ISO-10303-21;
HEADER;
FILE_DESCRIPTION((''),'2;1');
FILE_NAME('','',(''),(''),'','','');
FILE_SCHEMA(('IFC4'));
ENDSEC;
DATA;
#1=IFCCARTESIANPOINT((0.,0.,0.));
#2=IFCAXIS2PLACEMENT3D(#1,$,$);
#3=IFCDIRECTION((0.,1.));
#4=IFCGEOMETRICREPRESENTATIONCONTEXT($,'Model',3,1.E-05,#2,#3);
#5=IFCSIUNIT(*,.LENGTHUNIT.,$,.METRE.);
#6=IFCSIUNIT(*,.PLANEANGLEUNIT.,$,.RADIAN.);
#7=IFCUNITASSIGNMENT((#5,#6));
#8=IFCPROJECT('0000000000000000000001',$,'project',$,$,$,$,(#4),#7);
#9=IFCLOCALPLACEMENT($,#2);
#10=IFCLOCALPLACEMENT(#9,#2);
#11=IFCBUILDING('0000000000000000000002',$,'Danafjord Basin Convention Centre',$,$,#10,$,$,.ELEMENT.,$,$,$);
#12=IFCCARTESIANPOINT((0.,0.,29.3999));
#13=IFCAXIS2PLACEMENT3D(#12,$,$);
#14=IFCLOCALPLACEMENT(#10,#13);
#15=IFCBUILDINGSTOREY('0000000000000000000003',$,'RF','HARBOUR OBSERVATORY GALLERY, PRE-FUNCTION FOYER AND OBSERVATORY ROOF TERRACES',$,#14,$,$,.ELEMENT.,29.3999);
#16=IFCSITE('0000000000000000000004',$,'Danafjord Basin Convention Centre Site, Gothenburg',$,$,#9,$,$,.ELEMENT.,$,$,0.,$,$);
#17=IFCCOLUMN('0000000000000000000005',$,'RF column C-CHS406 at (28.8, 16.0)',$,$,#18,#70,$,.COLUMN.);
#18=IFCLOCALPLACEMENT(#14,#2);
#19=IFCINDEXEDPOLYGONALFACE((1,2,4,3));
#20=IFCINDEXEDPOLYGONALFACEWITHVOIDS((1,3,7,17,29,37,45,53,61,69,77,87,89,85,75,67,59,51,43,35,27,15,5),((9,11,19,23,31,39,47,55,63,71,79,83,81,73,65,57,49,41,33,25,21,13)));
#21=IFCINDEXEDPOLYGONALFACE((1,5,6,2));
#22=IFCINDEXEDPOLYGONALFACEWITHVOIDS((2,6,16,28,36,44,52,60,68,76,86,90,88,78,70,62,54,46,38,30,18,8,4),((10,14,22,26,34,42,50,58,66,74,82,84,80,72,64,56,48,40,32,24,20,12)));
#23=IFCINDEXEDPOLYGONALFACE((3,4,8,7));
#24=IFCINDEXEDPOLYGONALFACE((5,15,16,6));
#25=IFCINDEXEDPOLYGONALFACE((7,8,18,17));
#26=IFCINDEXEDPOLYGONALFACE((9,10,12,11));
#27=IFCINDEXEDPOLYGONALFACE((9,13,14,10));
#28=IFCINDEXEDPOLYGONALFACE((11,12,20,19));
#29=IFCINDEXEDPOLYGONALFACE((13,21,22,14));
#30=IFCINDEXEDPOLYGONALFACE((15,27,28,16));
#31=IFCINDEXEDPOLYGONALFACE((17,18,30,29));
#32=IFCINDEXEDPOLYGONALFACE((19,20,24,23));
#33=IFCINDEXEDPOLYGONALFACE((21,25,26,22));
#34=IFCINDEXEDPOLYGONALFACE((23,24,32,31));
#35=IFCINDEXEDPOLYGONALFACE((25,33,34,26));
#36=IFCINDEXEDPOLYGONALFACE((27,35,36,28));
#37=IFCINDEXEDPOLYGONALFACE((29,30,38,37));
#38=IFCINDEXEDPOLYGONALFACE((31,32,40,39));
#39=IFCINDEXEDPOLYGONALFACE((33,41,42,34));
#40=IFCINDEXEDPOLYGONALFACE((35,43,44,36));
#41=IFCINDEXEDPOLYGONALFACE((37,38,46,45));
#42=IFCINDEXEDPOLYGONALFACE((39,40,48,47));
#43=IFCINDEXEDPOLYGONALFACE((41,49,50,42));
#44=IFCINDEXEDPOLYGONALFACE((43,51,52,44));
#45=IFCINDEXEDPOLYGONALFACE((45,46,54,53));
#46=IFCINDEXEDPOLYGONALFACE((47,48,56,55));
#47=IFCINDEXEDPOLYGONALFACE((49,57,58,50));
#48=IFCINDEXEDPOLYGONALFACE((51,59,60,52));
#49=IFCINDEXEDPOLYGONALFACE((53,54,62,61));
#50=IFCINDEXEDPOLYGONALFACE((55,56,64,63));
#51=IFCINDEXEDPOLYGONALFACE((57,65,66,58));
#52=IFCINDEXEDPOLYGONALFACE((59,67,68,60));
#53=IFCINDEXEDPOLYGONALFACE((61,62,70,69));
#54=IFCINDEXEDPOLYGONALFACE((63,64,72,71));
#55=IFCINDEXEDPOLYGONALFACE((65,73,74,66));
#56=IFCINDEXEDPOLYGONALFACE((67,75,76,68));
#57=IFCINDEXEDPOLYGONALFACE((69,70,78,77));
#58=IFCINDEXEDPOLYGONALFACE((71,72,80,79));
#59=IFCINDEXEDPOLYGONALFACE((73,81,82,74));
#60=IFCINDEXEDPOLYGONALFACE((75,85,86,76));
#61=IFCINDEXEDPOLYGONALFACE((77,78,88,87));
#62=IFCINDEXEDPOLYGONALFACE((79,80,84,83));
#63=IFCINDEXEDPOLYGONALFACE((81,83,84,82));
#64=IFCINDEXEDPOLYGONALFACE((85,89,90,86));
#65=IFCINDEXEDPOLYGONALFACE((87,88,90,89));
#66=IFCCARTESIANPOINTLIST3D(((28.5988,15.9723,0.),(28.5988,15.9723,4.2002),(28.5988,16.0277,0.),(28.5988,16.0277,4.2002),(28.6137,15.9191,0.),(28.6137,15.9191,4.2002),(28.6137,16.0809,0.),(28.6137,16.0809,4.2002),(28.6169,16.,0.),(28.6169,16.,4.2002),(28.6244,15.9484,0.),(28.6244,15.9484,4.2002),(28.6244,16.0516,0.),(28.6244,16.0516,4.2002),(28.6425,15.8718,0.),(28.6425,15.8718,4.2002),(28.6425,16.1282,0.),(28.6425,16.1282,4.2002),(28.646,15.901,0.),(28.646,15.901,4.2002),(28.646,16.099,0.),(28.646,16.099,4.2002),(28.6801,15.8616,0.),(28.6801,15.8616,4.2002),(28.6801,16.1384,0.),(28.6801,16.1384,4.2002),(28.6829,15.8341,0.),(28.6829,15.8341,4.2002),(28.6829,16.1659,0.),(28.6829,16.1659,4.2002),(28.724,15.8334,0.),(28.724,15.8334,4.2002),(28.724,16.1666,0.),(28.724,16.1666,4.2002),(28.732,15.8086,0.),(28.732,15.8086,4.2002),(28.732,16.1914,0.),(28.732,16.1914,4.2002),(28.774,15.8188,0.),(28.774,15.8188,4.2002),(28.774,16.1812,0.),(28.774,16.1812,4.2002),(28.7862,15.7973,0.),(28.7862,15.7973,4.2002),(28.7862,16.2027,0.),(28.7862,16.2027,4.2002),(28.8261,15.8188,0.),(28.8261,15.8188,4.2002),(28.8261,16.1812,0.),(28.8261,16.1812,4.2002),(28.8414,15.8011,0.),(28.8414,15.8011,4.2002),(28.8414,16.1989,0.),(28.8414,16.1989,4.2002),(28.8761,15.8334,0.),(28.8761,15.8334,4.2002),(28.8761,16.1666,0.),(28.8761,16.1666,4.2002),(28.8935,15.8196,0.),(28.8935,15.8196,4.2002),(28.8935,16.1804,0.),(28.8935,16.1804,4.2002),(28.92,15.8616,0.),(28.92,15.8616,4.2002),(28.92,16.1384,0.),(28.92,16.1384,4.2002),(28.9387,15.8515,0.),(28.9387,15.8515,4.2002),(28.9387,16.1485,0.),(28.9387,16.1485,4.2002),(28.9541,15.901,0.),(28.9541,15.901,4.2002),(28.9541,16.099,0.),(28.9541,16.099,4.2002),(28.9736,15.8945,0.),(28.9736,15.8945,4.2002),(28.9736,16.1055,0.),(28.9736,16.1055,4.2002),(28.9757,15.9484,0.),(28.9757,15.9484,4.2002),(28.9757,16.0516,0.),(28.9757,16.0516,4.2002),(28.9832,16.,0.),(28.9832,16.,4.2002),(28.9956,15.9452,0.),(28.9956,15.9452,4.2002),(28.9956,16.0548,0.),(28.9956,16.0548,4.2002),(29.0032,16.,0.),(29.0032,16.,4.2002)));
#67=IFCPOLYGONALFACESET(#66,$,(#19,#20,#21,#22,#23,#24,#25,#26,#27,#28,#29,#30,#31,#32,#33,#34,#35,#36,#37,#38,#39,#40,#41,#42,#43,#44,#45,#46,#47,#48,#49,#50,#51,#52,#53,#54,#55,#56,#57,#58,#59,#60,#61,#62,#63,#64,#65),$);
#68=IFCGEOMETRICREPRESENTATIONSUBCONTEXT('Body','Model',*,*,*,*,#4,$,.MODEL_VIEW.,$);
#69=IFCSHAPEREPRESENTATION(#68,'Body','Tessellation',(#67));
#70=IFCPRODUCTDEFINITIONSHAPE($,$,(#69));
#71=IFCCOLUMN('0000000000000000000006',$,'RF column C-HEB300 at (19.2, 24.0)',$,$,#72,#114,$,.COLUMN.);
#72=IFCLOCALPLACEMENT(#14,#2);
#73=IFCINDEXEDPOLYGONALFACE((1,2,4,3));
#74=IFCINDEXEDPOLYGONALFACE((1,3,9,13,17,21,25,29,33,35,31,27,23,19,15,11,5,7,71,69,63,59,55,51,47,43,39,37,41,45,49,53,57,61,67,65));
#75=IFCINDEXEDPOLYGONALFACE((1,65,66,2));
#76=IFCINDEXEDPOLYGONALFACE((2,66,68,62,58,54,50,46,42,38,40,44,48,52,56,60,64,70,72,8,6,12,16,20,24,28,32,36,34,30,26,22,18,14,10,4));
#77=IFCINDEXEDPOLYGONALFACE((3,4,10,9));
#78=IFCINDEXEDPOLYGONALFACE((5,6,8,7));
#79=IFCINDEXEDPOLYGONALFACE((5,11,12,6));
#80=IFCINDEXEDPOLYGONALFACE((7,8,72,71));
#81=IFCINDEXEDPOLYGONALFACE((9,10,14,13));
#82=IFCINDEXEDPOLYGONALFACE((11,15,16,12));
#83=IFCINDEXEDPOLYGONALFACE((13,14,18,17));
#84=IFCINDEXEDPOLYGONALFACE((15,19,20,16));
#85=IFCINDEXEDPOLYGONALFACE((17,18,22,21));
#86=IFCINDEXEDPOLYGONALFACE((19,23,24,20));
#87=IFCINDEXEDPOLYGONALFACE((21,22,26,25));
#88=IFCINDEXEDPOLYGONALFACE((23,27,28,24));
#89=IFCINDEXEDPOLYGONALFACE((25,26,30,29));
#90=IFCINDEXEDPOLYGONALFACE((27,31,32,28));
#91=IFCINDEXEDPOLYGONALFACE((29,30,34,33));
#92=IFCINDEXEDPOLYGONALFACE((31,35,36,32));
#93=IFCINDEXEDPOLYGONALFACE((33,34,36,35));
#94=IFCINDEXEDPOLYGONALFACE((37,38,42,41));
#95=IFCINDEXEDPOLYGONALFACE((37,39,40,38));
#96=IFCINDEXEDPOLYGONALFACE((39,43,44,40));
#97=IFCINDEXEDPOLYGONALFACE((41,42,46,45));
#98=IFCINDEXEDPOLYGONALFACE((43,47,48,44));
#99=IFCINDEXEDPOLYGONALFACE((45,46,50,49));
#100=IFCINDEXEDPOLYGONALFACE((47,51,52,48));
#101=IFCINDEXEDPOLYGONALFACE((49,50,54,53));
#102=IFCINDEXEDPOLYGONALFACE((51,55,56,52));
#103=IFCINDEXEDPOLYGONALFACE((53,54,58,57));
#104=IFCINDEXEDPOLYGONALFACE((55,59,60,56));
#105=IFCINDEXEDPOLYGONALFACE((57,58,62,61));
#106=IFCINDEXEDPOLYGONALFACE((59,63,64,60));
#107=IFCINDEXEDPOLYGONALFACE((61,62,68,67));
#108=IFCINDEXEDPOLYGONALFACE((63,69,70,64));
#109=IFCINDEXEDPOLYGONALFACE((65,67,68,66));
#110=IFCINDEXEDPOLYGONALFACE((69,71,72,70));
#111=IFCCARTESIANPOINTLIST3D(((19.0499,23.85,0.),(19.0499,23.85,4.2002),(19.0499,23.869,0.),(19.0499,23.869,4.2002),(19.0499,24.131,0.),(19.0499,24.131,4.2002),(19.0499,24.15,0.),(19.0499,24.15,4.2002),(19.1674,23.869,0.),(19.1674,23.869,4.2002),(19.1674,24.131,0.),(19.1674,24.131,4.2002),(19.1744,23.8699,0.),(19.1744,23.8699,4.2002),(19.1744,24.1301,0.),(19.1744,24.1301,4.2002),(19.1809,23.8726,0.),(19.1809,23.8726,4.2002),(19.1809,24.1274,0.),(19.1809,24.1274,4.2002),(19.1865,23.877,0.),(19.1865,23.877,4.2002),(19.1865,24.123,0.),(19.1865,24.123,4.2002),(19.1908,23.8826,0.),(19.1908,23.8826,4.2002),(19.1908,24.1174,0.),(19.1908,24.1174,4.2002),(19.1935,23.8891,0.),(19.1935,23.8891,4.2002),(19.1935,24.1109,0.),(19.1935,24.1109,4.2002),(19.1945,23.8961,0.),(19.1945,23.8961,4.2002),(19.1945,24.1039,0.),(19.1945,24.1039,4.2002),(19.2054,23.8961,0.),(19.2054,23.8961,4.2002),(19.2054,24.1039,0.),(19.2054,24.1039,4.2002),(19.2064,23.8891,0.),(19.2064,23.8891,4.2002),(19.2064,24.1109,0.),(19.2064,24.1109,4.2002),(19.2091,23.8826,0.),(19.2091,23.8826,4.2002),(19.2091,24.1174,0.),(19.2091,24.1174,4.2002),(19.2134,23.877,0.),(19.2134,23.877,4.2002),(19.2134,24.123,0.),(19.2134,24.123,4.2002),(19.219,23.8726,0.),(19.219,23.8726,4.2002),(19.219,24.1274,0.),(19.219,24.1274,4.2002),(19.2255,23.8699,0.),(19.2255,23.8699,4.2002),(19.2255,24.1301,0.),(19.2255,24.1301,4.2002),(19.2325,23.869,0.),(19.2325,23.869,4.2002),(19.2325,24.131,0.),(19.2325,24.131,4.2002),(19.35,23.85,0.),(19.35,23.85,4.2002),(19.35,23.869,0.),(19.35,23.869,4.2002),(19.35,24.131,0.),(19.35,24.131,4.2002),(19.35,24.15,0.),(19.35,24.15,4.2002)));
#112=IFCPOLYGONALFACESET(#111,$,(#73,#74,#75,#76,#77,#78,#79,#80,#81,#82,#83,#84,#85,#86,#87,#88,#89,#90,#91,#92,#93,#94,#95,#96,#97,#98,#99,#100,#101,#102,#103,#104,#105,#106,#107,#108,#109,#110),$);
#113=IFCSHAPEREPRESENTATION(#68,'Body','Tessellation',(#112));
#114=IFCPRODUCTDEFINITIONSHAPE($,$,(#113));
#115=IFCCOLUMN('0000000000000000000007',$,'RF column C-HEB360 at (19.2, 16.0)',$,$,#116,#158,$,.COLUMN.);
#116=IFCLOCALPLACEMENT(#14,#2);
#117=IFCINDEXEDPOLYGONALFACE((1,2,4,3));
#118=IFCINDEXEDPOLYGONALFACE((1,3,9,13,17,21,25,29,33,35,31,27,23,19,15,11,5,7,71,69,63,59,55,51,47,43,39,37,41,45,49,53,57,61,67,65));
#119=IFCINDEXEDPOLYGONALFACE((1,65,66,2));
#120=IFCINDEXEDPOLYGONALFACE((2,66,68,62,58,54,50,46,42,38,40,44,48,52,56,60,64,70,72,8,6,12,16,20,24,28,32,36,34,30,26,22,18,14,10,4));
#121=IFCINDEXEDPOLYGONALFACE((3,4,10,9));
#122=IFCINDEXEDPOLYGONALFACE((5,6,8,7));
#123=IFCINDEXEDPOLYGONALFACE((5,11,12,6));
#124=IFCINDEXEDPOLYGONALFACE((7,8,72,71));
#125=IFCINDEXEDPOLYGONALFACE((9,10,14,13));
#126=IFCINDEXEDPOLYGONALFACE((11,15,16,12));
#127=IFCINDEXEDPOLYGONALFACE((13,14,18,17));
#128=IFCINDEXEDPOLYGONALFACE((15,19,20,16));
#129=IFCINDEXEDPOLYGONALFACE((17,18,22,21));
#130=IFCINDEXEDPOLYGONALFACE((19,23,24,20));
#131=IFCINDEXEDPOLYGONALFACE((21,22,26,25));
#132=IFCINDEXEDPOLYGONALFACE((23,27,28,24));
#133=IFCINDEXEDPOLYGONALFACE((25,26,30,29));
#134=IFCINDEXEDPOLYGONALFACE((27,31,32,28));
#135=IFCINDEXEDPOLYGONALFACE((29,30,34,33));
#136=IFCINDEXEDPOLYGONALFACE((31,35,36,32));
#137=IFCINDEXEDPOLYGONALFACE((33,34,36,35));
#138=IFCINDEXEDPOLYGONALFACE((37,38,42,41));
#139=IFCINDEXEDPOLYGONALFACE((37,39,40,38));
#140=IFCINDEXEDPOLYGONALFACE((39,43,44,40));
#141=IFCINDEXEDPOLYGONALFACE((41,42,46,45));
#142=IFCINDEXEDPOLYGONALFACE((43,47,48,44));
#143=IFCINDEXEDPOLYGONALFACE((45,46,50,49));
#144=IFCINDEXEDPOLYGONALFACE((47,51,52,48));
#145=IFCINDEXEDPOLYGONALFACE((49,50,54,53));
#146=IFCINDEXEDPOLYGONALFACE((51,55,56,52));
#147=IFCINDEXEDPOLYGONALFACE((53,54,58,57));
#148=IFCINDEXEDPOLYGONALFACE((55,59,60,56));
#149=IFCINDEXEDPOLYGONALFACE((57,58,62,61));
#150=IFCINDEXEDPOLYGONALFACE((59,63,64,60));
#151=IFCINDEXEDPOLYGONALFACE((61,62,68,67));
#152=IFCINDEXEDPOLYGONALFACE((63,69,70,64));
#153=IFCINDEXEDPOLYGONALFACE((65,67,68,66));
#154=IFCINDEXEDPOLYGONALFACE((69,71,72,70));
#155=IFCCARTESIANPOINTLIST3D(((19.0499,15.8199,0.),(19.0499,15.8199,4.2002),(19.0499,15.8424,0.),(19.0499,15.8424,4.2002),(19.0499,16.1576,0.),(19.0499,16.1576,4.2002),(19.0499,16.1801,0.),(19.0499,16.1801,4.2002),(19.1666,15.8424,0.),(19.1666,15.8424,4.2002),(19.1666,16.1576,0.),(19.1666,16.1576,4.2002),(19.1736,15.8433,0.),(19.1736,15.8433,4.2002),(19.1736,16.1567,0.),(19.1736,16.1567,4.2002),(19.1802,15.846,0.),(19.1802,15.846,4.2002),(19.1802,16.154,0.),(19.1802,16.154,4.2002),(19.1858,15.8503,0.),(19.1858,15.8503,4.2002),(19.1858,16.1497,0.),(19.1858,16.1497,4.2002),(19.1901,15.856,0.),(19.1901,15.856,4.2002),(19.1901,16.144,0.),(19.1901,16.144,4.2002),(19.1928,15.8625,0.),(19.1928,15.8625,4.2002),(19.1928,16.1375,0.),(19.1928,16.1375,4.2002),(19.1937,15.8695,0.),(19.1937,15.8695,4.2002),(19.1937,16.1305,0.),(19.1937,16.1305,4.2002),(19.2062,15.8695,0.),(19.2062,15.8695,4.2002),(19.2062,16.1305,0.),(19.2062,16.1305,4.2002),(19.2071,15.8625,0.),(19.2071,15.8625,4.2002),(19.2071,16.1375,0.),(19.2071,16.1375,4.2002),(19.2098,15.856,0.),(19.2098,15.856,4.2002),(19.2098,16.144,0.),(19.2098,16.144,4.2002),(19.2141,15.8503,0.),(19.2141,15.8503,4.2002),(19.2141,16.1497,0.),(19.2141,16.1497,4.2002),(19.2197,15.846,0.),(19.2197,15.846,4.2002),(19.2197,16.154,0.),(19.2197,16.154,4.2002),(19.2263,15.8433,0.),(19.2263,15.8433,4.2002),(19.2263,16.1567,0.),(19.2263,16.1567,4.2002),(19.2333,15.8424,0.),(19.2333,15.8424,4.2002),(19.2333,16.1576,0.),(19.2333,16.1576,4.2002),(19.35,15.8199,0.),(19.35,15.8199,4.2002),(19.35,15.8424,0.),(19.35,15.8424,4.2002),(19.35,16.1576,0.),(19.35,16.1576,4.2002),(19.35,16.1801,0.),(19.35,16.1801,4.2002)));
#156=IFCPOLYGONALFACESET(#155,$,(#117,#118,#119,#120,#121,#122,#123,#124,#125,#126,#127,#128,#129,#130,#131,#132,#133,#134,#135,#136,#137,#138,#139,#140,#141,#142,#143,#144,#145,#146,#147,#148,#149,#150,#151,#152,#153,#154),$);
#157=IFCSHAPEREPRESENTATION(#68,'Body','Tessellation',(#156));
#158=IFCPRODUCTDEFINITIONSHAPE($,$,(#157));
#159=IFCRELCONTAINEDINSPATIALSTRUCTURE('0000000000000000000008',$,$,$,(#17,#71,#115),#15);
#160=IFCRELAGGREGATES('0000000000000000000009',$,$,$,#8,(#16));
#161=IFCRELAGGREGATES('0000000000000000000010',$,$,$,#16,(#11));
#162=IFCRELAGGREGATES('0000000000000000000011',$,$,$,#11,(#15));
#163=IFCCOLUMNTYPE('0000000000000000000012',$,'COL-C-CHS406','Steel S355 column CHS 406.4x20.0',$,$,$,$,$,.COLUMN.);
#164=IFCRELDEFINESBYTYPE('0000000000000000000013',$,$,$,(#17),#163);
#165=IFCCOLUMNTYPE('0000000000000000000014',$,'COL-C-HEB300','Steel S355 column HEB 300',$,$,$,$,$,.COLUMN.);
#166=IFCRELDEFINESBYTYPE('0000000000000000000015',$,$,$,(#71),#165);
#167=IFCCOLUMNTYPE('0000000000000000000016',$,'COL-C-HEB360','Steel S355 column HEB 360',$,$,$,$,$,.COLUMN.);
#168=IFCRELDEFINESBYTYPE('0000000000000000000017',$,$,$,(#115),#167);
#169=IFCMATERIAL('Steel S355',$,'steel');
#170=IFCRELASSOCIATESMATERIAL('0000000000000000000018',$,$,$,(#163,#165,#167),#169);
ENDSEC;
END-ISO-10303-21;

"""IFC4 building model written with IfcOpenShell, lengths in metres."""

from ifc_helpers import new_model, si_unit, direction, frame, origin, origin_2d, place, context, subcontext, project, spatial, hollow_circle, i_section, extrude, material, material_profile, profile_set, type_object, element, save


model = new_model("IFC4")

# Units and contexts
model_context = context("Model", 3, precision=1e-05, world=origin(), true_north=direction((0.0, 1.0)))
body_context = subcontext(model_context, "Body", "Model", "MODEL_VIEW")
ifc_project = project(units=[si_unit("LENGTHUNIT", "METRE"), si_unit("PLANEANGLEUNIT", "RADIAN")], contexts=[model_context])

# Site, building, storey
site_placement = place(None, origin())
site = spatial("IfcSite", under=ifc_project, at=site_placement, Name="Danafjord Basin Convention Centre Site, Gothenburg", CompositionType="ELEMENT", RefElevation=0.0)
building_placement = place(site_placement, origin())
building = spatial("IfcBuilding", under=site, at=building_placement, Name="Danafjord Basin Convention Centre", CompositionType="ELEMENT")
storey_placement = place(building_placement, frame((0.0, 0.0, 29.3999)))
storey = spatial("IfcBuildingStorey", under=building, at=storey_placement, Name="RF", Description="HARBOUR OBSERVATORY GALLERY, PRE-FUNCTION FOYER AND OBSERVATORY ROOF TERRACES", CompositionType="ELEMENT", Elevation=29.3999)

# Columns
ifc_material_1 = material(Name="Steel S355", Category="steel")
ifc_material_profile_1 = material_profile(ifc_material_1, hollow_circle(Radius=0.2031, WallThickness=0.02, at=origin_2d()), Name="CHS 406.4x20.0")
ifc_profile_set_1 = profile_set([ifc_material_profile_1], Name="Steel S355")
column_type_1 = type_object("IfcColumnType", Name="COL-C-CHS406", Description="Steel S355 column CHS 406.4x20.0", PredefinedType="COLUMN", material=ifc_profile_set_1)
column_1_placement = place(storey_placement, frame((28.8, 16.0, 0.0), z_axis=(0.0, 0.0, 1.0), x_axis=(1.0, 0.0, 0.0)))
element("IfcColumn", 1, at=column_1_placement, inside=storey, type_object=column_type_1, Name="RF column C-CHS406 at (28.8, 16.0)", PredefinedType="COLUMN", context=body_context, shape_type="SweptSolid", body=[
    extrude(hollow_circle(Radius=0.2031, WallThickness=0.02, at=origin_2d()), origin(), (0.0, 0.0, 1.0), 4.2002),
])
ifc_material_profile_2 = material_profile(ifc_material_1, i_section(OverallWidth=0.3, OverallDepth=0.3, WebThickness=0.011, FlangeThickness=0.019, FilletRadius=0.0271, at=origin_2d()), Name="HEB 300")
ifc_profile_set_2 = profile_set([ifc_material_profile_2], Name="Steel S355")
column_type_2 = type_object("IfcColumnType", Name="COL-C-HEB300", Description="Steel S355 column HEB 300", PredefinedType="COLUMN", material=ifc_profile_set_2)
column_2_placement = place(storey_placement, frame((19.2, 24.0, 0.0), z_axis=(0.0, 0.0, 1.0), x_axis=(1.0, 0.0, 0.0)))
element("IfcColumn", 2, at=column_2_placement, inside=storey, type_object=column_type_2, Name="RF column C-HEB300 at (19.2, 24.0)", PredefinedType="COLUMN", context=body_context, shape_type="SweptSolid", body=[
    extrude(i_section(OverallWidth=0.3, OverallDepth=0.3, WebThickness=0.011, FlangeThickness=0.019, FilletRadius=0.0271, at=origin_2d()), origin(), (0.0, 0.0, 1.0), 4.2002),
])
ifc_material_profile_3 = material_profile(ifc_material_1, i_section(OverallWidth=0.3, OverallDepth=0.3601, WebThickness=0.0125, FlangeThickness=0.0225, FilletRadius=0.0271, at=origin_2d()), Name="HEB 360")
ifc_profile_set_3 = profile_set([ifc_material_profile_3], Name="Steel S355")
column_type_3 = type_object("IfcColumnType", Name="COL-C-HEB360", Description="Steel S355 column HEB 360", PredefinedType="COLUMN", material=ifc_profile_set_3)
column_3_placement = place(storey_placement, frame((19.2, 16.0, 0.0), z_axis=(0.0, 0.0, 1.0), x_axis=(1.0, 0.0, 0.0)))
element("IfcColumn", 3, at=column_3_placement, inside=storey, type_object=column_type_3, Name="RF column C-HEB360 at (19.2, 16.0)", PredefinedType="COLUMN", context=body_context, shape_type="SweptSolid", body=[
    extrude(i_section(OverallWidth=0.3, OverallDepth=0.3601, WebThickness=0.0125, FlangeThickness=0.0225, FilletRadius=0.0271, at=origin_2d()), origin(), (0.0, 0.0, 1.0), 4.2002),
])

save(model, "model.ifc")
